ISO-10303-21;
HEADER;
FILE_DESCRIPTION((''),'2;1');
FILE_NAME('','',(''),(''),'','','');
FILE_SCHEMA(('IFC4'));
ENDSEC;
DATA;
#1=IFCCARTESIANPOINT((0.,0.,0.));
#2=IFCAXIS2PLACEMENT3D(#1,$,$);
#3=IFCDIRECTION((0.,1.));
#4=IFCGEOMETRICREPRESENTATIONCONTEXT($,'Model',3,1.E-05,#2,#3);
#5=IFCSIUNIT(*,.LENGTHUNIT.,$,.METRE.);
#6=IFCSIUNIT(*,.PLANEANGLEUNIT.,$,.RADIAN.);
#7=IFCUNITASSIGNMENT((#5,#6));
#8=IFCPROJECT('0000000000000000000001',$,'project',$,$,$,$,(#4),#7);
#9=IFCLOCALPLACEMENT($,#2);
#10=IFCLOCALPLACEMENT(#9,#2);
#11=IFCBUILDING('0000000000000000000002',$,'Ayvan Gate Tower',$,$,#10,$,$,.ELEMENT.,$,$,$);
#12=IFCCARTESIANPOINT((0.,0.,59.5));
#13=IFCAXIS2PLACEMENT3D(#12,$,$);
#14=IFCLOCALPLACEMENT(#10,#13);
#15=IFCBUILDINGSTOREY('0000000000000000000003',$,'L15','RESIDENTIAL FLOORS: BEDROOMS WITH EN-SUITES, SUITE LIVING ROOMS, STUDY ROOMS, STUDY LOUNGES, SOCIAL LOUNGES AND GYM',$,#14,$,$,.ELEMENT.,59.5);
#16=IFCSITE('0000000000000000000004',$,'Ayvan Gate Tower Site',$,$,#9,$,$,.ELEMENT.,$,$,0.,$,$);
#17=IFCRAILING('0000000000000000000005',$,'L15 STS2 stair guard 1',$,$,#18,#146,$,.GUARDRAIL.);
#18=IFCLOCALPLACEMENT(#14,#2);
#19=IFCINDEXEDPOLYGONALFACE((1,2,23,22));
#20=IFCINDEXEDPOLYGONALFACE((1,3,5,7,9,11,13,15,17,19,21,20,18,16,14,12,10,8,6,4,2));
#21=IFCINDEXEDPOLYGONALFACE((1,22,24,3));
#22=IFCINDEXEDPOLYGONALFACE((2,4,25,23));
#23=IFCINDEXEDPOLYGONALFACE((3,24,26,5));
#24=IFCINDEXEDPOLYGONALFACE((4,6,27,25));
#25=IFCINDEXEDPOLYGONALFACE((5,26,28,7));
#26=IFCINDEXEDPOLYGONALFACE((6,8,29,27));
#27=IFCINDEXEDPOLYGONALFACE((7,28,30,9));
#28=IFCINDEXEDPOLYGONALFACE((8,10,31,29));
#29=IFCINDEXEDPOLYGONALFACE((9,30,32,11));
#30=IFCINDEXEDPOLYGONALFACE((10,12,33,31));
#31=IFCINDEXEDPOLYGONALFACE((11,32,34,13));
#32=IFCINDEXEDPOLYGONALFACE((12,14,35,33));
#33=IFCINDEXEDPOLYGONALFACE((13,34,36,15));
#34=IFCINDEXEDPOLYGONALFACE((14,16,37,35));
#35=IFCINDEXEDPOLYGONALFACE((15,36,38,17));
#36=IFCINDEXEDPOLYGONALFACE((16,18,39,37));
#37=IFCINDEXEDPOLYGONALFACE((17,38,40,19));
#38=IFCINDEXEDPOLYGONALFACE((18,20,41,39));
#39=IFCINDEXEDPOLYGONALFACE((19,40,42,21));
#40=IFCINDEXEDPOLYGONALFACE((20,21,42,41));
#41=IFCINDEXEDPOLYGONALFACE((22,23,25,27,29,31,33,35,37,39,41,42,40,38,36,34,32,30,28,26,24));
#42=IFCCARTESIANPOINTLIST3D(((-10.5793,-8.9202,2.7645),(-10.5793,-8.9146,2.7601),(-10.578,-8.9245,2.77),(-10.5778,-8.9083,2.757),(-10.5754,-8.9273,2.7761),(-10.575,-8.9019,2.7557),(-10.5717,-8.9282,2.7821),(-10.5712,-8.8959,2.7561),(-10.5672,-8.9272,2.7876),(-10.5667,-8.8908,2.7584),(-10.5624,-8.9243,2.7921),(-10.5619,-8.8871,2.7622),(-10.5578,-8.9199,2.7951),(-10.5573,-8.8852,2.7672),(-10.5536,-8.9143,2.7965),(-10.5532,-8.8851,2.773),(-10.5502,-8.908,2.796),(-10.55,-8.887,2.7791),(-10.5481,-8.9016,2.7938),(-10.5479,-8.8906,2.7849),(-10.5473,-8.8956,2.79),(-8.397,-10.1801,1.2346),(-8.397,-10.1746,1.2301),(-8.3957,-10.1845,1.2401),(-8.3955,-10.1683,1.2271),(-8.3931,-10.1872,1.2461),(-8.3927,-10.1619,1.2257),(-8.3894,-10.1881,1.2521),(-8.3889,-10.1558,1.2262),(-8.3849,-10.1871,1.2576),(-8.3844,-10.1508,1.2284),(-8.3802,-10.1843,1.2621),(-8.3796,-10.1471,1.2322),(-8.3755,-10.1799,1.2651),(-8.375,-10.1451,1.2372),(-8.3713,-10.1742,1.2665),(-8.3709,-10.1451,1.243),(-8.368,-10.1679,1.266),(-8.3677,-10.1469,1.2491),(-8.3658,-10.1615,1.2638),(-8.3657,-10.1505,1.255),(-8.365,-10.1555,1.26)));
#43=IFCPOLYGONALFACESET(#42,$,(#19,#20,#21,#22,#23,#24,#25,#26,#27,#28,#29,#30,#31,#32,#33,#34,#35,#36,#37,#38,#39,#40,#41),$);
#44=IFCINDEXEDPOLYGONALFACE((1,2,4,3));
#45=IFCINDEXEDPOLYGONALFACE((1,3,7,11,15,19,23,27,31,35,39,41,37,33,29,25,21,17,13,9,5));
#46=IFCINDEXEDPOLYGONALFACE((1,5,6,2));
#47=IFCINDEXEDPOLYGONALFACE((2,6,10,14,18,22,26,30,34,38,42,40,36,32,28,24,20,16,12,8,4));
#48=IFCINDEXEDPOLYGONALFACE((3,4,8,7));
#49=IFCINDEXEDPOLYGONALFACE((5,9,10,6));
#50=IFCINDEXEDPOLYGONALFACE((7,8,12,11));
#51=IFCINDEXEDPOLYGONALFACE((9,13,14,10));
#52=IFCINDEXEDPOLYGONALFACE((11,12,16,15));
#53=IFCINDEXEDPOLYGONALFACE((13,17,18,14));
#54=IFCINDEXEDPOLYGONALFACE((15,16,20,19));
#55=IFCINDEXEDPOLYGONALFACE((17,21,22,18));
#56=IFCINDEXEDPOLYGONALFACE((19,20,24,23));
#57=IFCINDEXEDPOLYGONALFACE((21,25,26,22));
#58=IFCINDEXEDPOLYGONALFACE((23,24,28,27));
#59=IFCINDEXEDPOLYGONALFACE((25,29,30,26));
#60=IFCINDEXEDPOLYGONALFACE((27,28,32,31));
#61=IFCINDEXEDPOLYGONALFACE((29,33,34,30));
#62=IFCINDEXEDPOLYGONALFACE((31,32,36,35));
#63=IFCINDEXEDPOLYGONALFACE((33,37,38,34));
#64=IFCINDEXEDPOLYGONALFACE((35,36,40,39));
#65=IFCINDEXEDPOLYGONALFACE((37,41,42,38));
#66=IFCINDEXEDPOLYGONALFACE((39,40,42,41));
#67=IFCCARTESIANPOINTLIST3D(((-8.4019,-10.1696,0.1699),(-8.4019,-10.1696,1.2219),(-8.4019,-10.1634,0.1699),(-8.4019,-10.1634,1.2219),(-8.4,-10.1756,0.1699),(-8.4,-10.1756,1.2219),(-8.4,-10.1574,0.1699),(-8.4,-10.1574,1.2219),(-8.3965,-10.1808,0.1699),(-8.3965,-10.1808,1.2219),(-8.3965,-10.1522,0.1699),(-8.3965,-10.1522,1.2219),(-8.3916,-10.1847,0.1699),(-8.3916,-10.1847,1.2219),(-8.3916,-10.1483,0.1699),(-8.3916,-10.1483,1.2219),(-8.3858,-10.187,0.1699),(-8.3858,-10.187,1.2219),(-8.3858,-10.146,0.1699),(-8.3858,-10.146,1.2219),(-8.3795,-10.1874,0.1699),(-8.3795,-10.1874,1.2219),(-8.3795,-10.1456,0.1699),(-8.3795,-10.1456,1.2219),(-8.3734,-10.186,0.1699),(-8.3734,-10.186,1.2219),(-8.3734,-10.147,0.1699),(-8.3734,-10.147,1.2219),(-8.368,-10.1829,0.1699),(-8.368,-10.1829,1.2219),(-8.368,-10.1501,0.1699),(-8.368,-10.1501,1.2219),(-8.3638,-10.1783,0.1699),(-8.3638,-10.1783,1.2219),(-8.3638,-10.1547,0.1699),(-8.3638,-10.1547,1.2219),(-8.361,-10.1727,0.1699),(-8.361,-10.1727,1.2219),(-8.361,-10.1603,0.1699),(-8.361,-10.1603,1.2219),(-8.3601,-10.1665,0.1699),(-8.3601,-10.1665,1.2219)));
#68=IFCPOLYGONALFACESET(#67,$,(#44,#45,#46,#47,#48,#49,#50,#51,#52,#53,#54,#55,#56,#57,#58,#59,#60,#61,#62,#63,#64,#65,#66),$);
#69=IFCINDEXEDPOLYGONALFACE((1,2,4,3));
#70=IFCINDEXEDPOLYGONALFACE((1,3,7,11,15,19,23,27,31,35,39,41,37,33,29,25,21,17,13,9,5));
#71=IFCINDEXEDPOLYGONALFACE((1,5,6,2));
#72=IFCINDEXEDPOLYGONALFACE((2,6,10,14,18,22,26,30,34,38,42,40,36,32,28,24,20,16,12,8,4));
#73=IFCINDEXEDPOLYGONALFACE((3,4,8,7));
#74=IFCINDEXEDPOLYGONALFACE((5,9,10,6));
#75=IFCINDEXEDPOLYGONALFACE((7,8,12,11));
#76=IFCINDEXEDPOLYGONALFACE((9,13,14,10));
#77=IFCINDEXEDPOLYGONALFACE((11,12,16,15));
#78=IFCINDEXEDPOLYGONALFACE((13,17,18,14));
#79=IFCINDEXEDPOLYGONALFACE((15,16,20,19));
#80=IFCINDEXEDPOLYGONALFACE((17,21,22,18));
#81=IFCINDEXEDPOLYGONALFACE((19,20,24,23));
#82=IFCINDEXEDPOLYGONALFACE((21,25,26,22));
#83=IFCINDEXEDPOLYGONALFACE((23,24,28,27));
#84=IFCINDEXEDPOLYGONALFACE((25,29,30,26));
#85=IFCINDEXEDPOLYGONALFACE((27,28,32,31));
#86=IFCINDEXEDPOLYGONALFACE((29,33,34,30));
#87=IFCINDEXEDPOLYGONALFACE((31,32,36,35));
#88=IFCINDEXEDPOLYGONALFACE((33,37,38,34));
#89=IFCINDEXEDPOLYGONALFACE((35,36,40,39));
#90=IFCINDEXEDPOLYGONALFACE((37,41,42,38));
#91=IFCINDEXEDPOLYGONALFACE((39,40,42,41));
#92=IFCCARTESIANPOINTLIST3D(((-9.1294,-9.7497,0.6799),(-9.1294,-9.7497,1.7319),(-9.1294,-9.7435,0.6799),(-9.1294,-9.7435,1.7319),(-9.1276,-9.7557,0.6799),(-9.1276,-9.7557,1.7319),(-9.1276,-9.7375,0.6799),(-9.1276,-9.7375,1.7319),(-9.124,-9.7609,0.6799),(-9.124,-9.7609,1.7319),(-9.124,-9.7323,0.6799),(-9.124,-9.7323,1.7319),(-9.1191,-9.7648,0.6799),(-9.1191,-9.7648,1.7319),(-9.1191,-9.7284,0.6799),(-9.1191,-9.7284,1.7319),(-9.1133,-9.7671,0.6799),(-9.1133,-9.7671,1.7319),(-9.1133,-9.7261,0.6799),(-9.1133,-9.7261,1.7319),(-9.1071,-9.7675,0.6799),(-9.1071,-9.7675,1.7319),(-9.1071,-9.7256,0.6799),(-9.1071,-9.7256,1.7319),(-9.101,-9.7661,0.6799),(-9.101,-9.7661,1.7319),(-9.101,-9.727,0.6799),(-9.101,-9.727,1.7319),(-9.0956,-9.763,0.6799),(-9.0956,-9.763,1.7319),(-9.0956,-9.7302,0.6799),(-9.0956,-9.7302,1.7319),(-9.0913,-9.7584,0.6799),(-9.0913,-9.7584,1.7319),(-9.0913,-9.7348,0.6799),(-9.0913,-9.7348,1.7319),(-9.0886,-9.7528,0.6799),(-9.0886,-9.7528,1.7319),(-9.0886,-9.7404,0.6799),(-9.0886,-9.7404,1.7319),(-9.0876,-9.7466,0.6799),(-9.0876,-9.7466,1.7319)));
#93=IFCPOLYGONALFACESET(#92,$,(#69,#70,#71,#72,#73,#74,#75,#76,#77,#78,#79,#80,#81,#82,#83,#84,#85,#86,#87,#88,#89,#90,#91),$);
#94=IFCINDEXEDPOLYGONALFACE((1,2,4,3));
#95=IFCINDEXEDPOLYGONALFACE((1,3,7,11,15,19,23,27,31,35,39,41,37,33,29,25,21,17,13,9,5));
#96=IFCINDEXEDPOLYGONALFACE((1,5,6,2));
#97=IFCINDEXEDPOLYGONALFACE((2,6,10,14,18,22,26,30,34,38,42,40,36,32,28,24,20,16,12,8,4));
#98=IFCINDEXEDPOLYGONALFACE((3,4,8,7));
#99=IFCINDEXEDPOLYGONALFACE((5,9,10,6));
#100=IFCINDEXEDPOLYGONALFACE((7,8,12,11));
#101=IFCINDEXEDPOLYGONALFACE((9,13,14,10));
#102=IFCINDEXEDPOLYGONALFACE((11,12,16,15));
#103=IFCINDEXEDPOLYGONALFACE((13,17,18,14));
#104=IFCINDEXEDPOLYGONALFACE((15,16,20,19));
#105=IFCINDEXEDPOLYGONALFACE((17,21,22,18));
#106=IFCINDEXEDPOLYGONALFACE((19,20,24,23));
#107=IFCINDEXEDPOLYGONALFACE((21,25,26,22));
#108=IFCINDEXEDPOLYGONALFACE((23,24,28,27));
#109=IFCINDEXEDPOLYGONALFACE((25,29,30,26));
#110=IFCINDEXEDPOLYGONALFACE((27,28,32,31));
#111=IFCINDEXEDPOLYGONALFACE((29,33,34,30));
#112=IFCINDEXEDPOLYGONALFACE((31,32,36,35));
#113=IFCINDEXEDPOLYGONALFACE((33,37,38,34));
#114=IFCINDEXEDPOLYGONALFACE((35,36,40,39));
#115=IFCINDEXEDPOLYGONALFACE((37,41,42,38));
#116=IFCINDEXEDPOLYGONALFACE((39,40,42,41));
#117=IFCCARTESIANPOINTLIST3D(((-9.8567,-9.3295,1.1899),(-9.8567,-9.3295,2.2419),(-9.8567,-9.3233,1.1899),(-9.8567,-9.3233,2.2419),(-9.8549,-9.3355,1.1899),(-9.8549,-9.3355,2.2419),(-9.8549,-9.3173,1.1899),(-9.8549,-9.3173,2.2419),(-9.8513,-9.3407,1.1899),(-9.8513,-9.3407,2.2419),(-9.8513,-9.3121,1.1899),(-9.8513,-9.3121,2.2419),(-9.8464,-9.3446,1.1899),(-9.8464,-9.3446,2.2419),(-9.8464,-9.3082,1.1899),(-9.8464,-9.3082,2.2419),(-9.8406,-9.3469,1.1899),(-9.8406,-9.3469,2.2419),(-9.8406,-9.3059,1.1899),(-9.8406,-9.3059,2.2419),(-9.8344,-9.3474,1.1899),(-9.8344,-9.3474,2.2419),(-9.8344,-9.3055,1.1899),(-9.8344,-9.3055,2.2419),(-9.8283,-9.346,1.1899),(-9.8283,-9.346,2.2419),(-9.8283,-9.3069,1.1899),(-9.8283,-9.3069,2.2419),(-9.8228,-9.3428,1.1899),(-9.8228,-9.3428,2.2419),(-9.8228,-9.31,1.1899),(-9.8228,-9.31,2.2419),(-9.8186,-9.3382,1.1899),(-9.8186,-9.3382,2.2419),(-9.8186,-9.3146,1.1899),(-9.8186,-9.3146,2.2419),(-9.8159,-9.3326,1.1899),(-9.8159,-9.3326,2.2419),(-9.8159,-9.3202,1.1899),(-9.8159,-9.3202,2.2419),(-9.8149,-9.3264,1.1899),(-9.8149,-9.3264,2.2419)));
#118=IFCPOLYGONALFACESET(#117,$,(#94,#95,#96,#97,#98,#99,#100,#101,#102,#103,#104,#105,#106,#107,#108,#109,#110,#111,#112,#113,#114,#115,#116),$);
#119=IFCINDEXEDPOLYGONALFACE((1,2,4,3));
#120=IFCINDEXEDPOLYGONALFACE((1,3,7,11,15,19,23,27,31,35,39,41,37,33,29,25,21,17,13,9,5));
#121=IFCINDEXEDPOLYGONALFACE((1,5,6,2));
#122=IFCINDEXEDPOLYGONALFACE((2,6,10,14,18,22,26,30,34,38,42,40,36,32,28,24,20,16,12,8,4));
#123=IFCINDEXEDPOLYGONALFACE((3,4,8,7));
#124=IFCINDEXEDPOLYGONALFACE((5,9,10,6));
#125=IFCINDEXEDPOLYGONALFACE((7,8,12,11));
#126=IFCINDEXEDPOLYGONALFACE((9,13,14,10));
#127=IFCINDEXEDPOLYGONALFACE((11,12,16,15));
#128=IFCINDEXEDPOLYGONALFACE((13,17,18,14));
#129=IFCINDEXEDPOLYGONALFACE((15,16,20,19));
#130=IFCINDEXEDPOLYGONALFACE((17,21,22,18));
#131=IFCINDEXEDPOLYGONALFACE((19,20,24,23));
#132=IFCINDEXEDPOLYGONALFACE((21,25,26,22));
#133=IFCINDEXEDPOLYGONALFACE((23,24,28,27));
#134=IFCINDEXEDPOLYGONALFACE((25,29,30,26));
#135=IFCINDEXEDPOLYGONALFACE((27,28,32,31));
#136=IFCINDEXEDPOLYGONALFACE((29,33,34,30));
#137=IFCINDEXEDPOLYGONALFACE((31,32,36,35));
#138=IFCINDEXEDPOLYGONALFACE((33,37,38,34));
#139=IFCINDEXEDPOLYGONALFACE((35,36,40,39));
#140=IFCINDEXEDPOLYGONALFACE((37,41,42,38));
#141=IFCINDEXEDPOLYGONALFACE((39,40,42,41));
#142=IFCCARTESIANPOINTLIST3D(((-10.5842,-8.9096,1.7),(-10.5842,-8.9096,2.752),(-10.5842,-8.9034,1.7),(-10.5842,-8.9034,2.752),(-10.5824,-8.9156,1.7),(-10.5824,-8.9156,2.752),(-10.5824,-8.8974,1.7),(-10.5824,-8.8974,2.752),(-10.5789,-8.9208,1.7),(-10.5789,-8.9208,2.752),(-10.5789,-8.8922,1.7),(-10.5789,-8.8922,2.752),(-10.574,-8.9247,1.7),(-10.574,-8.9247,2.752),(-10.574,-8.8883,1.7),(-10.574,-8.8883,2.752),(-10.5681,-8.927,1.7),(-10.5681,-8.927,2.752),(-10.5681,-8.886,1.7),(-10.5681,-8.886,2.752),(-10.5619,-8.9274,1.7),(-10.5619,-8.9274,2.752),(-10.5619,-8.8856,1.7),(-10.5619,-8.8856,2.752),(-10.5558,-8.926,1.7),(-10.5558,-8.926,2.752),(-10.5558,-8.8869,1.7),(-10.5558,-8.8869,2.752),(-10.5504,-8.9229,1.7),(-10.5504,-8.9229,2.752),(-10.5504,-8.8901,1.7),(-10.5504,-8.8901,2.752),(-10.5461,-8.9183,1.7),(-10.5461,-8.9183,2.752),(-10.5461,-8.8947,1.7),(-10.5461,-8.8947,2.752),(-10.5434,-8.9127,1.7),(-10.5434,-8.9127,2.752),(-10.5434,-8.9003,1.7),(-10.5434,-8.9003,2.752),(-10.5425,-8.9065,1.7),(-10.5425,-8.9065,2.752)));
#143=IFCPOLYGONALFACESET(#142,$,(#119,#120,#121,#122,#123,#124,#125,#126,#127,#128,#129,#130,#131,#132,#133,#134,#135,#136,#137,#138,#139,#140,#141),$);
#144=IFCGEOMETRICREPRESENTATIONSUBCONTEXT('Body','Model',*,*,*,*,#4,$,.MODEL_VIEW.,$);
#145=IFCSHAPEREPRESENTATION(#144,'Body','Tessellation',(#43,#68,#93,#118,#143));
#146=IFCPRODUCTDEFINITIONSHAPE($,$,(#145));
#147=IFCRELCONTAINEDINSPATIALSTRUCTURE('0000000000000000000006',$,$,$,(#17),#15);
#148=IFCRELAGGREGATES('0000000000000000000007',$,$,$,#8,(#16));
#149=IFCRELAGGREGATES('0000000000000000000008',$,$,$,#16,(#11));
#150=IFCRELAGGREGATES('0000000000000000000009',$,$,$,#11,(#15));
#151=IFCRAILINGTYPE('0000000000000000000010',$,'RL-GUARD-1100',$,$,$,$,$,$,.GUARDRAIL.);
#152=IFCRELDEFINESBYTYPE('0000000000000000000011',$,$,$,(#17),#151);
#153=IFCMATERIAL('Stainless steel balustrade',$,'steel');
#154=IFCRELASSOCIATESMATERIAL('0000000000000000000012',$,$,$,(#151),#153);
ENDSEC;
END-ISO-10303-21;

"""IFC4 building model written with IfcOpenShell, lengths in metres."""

from ifc_helpers import new_model, si_unit, direction, frame, origin, origin_2d, place, context, subcontext, project, spatial, circle, extrude, material, type_object, element, save


model = new_model("IFC4")

# Units and contexts
model_context = context("Model", 3, precision=1e-05, world=origin(), true_north=direction((0.0, 1.0)))
body_context = subcontext(model_context, "Body", "Model", "MODEL_VIEW")
ifc_project = project(units=[si_unit("LENGTHUNIT", "METRE"), si_unit("PLANEANGLEUNIT", "RADIAN")], contexts=[model_context])

# Site, building, storey
site_placement = place(None, origin())
site = spatial("IfcSite", under=ifc_project, at=site_placement, Name="Ayvan Gate Tower Site", CompositionType="ELEMENT", RefElevation=0.0)
building_placement = place(site_placement, origin())
building = spatial("IfcBuilding", under=site, at=building_placement, Name="Ayvan Gate Tower", CompositionType="ELEMENT")
storey_placement = place(building_placement, frame((0.0, 0.0, 59.5)))
storey = spatial("IfcBuildingStorey", under=building, at=storey_placement, Name="L15", Description="RESIDENTIAL FLOORS: BEDROOMS WITH EN-SUITES, SUITE LIVING ROOMS, STUDY ROOMS, STUDY LOUNGES, SOCIAL LOUNGES AND GYM", CompositionType="ELEMENT", Elevation=59.5)

# Railing
ifc_material_1 = material(Name="Stainless steel balustrade", Category="steel")
railing_type_1 = type_object("IfcRailingType", Name="RL-GUARD-1100", PredefinedType="GUARDRAIL", material=ifc_material_1)
railing_1_placement = place(storey_placement, frame((-8.3811, -10.1665, 0.1699)))
element("IfcRailing", 1, at=railing_1_placement, inside=storey, type_object=railing_type_1, Name="L15 STS2 stair guard 1", PredefinedType="GUARDRAIL", context=body_context, shape_type="SweptSolid", body=[
    extrude(circle(Radius=0.0239, at=origin_2d()), frame((0.0, 0.0, 1.0762), z_axis=(-0.740261, 0.427395, 0.518986), x_axis=(-0.500005, -0.866023, 0.0)), (0.0, 0.0, 1.0), 2.948),
    extrude(circle(Radius=0.021, at=origin_2d()), origin(), (0.0, 0.0, 1.0), 1.052),
    extrude(circle(Radius=0.021, at=origin_2d()), frame((-0.7275, 0.4199, 0.51)), (0.0, 0.0, 1.0), 1.052),
    extrude(circle(Radius=0.021, at=origin_2d()), frame((-1.4548, 0.8401, 1.02)), (0.0, 0.0, 1.0), 1.052),
    extrude(circle(Radius=0.021, at=origin_2d()), frame((-2.1824, 1.26, 1.53)), (0.0, 0.0, 1.0), 1.052),
])

save(model, "model.ifc")
